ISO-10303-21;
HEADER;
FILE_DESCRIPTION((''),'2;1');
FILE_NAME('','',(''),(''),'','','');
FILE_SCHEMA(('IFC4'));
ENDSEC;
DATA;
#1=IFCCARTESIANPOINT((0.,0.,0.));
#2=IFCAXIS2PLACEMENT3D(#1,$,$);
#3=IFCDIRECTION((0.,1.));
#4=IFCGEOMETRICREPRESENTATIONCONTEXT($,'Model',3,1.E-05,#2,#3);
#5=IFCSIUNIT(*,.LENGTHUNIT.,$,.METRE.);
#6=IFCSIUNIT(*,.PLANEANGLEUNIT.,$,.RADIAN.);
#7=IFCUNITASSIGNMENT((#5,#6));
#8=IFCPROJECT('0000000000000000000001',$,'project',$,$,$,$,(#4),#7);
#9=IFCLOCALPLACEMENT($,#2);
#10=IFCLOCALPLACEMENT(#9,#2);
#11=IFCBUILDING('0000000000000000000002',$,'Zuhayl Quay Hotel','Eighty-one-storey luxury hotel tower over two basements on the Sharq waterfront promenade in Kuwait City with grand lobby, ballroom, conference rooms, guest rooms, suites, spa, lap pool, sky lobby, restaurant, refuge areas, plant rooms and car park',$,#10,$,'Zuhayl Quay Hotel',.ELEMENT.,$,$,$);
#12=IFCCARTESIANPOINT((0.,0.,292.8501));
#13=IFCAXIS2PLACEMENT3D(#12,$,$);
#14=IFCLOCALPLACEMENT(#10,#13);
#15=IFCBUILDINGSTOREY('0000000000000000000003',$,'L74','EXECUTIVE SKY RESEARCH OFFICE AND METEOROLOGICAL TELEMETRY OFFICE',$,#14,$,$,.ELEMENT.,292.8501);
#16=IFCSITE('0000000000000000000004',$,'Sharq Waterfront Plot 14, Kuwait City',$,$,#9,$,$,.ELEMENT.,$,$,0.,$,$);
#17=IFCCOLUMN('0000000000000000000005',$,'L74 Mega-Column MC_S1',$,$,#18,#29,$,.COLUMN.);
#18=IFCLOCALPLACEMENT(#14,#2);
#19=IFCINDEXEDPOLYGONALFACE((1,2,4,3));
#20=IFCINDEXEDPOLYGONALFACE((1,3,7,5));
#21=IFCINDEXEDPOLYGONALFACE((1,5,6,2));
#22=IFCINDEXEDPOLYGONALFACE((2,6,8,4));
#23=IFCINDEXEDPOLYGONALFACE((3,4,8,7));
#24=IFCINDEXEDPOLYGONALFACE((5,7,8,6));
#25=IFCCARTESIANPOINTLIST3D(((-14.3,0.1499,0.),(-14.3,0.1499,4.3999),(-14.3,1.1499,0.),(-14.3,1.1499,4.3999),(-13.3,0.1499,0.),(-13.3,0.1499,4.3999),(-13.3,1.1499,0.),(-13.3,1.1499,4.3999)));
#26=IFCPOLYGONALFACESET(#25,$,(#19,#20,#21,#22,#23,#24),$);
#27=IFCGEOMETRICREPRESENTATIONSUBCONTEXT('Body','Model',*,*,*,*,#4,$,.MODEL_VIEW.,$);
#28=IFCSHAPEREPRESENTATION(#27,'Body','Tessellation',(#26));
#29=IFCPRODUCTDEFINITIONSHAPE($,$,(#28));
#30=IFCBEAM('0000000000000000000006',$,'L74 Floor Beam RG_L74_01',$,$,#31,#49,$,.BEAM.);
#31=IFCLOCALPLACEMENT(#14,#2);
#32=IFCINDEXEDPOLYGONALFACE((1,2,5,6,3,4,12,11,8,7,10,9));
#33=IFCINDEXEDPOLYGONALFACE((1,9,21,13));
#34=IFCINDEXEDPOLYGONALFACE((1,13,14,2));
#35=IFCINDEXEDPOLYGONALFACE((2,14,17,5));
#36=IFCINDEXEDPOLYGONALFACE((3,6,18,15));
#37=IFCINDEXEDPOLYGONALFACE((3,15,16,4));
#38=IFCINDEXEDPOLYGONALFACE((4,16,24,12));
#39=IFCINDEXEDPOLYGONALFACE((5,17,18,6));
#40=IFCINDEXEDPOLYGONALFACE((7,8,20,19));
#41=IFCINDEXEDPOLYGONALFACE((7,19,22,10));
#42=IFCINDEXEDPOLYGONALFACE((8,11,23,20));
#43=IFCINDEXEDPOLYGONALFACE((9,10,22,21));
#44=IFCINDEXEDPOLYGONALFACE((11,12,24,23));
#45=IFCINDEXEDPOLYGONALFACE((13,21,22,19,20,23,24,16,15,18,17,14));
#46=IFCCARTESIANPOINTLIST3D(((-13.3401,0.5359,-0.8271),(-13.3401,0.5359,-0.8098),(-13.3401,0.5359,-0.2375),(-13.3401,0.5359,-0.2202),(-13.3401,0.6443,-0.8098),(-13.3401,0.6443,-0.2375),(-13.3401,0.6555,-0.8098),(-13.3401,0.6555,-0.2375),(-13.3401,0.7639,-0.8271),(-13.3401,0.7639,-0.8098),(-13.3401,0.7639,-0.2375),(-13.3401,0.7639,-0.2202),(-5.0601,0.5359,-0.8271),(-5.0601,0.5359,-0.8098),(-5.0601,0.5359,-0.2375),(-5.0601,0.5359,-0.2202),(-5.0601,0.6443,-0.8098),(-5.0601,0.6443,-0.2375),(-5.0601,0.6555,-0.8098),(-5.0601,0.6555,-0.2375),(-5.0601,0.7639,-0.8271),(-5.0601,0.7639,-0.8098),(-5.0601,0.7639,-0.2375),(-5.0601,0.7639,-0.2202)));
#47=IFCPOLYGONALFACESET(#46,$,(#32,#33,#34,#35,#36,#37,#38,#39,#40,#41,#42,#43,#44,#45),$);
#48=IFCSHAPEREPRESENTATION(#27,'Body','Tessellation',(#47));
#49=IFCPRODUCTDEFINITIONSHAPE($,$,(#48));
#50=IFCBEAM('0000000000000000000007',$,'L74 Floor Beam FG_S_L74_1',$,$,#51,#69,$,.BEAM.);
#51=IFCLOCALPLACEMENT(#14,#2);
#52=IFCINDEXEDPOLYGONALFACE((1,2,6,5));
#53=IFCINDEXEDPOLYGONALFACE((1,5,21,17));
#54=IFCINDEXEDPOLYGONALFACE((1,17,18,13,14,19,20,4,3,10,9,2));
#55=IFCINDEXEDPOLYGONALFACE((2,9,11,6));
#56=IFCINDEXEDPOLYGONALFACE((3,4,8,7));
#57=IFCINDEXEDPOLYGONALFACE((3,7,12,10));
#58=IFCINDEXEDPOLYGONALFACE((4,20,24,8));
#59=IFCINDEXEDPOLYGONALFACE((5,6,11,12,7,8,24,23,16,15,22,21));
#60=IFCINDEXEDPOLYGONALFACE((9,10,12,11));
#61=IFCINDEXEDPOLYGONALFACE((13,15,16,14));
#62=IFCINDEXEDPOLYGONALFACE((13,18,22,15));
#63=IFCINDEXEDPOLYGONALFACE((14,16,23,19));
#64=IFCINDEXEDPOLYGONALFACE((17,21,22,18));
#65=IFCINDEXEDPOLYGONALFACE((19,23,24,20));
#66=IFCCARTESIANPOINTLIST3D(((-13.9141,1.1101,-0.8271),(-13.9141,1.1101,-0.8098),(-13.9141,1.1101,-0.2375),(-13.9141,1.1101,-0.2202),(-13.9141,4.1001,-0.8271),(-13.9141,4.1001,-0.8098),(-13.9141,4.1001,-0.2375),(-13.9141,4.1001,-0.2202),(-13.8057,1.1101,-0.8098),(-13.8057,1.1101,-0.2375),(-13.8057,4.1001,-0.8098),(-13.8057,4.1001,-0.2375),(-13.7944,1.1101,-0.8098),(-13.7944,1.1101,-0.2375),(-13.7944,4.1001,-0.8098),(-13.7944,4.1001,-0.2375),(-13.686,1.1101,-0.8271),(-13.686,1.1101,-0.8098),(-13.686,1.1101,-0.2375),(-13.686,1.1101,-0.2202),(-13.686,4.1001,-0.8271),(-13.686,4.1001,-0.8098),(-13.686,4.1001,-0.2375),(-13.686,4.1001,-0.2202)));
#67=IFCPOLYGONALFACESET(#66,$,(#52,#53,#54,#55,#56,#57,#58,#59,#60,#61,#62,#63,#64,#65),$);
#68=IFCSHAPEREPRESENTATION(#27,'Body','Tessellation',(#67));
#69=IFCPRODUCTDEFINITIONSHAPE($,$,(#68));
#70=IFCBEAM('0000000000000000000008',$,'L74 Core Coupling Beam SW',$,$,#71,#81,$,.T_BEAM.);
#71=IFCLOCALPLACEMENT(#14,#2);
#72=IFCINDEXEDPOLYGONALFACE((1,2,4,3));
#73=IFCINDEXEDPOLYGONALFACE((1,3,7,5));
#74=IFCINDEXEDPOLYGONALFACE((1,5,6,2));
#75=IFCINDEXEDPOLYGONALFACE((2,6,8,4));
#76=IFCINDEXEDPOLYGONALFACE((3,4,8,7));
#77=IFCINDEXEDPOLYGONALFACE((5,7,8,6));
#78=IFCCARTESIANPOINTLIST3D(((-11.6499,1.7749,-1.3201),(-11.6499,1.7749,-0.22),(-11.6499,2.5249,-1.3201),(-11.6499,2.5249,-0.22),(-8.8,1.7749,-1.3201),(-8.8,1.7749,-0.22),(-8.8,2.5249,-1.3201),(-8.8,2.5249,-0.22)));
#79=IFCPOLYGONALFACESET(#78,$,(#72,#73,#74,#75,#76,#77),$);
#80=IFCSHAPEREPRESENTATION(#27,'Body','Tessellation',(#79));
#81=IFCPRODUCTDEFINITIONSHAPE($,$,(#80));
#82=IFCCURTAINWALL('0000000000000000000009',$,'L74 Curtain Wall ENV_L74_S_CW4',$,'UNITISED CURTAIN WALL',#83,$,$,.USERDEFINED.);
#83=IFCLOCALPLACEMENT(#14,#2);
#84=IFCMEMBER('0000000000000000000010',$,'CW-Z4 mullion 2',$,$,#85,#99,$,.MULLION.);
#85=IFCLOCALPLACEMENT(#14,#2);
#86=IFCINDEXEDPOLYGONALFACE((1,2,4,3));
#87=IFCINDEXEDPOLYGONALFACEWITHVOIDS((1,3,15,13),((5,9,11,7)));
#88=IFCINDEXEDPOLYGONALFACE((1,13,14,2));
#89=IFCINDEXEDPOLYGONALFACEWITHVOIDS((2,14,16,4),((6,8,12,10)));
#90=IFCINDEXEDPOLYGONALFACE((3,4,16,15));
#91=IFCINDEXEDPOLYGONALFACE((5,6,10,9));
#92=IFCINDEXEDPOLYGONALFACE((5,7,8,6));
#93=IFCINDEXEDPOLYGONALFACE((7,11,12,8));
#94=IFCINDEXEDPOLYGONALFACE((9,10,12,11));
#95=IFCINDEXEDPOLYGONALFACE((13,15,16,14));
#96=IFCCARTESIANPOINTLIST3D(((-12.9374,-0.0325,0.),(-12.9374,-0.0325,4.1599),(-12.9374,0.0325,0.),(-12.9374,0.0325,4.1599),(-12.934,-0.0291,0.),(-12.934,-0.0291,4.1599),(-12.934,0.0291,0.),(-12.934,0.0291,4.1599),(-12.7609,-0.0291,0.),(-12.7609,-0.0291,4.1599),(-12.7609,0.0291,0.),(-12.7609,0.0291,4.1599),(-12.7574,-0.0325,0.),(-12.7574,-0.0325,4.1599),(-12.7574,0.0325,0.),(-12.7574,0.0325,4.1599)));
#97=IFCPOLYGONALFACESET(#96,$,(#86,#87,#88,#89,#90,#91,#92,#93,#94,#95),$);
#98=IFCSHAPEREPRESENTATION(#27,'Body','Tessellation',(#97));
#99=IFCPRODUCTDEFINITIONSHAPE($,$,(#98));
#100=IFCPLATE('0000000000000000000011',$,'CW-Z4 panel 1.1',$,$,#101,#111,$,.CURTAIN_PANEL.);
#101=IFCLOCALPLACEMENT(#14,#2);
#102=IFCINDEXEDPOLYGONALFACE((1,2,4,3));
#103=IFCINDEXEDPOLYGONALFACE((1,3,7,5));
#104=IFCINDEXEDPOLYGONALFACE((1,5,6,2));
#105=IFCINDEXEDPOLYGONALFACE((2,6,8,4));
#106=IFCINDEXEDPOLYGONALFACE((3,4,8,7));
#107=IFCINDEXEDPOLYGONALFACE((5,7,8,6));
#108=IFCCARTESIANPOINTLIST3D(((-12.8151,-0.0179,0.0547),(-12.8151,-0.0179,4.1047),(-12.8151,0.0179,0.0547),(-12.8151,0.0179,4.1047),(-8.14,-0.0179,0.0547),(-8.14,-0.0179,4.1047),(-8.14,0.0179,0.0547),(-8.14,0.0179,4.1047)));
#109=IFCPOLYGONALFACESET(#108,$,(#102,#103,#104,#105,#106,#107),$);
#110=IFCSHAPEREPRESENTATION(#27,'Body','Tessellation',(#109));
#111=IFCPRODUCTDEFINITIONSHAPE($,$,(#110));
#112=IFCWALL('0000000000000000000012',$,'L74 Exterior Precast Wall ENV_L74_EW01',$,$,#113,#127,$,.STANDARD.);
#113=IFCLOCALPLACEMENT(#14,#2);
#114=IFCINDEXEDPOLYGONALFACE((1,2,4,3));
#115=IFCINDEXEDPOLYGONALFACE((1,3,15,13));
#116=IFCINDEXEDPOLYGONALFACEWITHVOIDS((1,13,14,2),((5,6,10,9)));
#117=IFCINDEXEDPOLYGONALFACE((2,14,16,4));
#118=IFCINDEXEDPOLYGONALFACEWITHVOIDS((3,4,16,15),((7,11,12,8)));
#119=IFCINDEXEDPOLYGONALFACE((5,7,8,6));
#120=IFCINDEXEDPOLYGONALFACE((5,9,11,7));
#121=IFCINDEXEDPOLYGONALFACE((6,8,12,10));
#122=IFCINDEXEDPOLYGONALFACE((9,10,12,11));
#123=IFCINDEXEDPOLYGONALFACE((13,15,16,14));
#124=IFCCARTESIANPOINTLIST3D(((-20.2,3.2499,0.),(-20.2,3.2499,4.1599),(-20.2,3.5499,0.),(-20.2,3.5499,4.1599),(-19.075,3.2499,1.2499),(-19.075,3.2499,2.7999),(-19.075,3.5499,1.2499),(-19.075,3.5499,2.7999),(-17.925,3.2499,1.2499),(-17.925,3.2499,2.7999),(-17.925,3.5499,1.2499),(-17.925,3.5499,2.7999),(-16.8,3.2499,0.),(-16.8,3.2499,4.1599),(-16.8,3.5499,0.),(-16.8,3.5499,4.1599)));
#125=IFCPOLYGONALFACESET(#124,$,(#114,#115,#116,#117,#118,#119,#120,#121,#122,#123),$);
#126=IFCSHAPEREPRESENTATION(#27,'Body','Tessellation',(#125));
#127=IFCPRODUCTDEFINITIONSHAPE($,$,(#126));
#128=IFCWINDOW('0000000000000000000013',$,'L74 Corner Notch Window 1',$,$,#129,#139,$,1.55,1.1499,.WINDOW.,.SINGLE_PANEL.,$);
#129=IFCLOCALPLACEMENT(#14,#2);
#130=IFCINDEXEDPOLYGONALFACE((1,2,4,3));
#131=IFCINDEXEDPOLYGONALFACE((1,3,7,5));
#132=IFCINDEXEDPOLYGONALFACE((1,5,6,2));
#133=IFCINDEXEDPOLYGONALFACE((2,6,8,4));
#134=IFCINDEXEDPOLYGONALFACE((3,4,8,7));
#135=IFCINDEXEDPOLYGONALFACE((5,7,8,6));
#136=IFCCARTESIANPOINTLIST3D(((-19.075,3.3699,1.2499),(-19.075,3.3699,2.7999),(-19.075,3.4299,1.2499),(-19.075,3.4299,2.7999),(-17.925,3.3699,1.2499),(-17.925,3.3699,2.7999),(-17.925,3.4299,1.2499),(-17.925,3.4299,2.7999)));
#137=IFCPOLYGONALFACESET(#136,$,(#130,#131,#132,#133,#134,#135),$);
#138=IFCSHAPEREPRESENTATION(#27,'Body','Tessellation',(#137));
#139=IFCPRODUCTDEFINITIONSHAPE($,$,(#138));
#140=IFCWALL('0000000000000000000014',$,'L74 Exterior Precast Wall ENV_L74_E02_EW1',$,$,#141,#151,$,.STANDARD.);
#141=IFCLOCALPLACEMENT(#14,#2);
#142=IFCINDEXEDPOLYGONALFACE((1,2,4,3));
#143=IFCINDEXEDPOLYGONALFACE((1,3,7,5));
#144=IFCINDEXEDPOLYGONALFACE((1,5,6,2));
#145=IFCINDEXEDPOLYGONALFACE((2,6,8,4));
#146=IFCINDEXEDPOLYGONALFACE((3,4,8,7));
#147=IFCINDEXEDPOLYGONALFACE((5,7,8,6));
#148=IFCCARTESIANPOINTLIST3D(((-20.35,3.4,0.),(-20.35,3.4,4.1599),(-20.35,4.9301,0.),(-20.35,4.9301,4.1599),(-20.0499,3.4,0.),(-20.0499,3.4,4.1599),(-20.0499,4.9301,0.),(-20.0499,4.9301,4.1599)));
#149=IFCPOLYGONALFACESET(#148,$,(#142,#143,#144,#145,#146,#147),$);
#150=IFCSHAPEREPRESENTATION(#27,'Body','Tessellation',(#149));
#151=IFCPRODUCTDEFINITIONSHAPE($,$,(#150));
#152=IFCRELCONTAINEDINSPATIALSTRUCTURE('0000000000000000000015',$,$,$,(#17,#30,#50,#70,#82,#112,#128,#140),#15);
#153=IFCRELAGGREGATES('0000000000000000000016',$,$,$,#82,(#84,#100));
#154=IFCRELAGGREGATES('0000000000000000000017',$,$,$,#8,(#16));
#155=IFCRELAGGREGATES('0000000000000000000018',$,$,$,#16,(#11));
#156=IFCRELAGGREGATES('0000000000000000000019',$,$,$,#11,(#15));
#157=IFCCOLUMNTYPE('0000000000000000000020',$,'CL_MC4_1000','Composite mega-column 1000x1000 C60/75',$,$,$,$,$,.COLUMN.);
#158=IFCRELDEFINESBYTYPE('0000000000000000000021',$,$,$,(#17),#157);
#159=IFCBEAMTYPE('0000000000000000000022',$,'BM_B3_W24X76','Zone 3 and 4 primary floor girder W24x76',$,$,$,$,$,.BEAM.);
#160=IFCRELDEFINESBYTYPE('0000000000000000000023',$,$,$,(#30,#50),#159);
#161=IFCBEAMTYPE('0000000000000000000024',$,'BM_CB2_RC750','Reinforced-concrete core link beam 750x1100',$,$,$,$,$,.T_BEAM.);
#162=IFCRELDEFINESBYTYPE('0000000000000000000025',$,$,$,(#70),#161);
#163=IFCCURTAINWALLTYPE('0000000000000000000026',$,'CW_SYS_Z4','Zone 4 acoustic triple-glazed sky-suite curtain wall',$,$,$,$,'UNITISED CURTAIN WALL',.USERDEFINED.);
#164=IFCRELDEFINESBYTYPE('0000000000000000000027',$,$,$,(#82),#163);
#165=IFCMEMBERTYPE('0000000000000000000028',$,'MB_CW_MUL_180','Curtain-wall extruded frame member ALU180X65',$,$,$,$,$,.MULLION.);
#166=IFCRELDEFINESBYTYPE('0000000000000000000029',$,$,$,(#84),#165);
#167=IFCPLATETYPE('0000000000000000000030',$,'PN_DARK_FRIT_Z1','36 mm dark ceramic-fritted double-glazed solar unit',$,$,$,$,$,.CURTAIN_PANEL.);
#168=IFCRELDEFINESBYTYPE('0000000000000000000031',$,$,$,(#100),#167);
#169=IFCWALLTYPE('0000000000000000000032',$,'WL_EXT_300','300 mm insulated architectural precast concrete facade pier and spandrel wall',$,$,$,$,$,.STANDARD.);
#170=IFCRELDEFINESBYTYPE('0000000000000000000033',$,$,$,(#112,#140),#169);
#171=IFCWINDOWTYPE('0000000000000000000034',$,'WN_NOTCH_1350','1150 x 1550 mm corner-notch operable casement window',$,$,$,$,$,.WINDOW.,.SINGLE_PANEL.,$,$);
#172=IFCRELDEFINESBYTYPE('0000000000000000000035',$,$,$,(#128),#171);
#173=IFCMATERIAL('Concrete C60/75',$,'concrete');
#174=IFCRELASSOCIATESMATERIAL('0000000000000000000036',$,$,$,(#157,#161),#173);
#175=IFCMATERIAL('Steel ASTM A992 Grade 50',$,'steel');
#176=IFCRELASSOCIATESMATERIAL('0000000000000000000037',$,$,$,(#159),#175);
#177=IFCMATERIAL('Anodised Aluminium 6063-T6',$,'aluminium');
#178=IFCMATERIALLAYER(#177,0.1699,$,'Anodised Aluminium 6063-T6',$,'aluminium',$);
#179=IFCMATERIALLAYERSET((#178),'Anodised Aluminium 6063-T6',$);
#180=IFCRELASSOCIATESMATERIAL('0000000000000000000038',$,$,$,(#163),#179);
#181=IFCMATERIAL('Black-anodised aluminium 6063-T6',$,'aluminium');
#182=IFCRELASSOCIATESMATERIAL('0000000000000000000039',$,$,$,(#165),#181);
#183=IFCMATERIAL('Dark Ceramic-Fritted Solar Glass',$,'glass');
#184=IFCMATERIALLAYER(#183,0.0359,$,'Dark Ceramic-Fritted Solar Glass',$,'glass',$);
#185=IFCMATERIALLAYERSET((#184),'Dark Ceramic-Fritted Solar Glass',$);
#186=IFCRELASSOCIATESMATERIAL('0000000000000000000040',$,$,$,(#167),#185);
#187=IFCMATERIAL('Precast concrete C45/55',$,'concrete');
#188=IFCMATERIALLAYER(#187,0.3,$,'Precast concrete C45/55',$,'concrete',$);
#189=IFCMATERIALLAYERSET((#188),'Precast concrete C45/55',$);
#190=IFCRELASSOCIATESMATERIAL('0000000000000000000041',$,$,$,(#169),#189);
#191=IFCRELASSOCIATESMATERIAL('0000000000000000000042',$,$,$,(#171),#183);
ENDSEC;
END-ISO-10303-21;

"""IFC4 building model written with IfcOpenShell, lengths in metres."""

from ifc_helpers import new_model, si_unit, direction, frame, frame_2d, origin, origin_2d, place, context, subcontext, project, spatial, rectangle, hollow_rectangle, i_section, extrude, material, layer, layer_set, material_profile, profile_set, type_object, element, fill, aggregate, save


model = new_model("IFC4")

# Units and contexts
model_context = context("Model", 3, precision=1e-05, world=origin(), true_north=direction((0.0, 1.0)))
body_context = subcontext(model_context, "Body", "Model", "MODEL_VIEW")
ifc_project = project(units=[si_unit("LENGTHUNIT", "METRE"), si_unit("PLANEANGLEUNIT", "RADIAN")], contexts=[model_context])

# Site, building, storey
site_placement = place(None, origin())
site = spatial("IfcSite", under=ifc_project, at=site_placement, Name="Sharq Waterfront Plot 14, Kuwait City", CompositionType="ELEMENT", RefElevation=0.0)
building_placement = place(site_placement, origin())
building = spatial("IfcBuilding", under=site, at=building_placement, Name="Zuhayl Quay Hotel", Description="Eighty-one-storey luxury hotel tower over two basements on the Sharq waterfront promenade in Kuwait City with grand lobby, ballroom, conference rooms, guest rooms, suites, spa, lap pool, sky lobby, restaurant, refuge areas, plant rooms and car park", LongName="Zuhayl Quay Hotel", CompositionType="ELEMENT")
storey_placement = place(building_placement, frame((0.0, 0.0, 292.8501)))
storey = spatial("IfcBuildingStorey", under=building, at=storey_placement, Name="L74", Description="EXECUTIVE SKY RESEARCH OFFICE AND METEOROLOGICAL TELEMETRY OFFICE", CompositionType="ELEMENT", Elevation=292.8501)

# Column
ifc_material_1 = material(Name="Concrete C60/75", Category="concrete")
ifc_material_profile_1 = material_profile(ifc_material_1, rectangle(XDim=1.0, YDim=1.0, at=origin_2d()), Name="RC1000X1000")
ifc_profile_set_1 = profile_set([ifc_material_profile_1], Name="Concrete C60/75")
column_type = type_object("IfcColumnType", Name="CL_MC4_1000", Description="Composite mega-column 1000x1000 C60/75", PredefinedType="COLUMN", material=ifc_profile_set_1)
column_placement = place(storey_placement, frame((-13.8, 0.6499, 0.0), z_axis=(0.0, 0.0, 1.0), x_axis=(1.0, 0.0, 0.0)))
element("IfcColumn", 1, at=column_placement, inside=storey, type_object=column_type, Name="L74 Mega-Column MC_S1", PredefinedType="COLUMN", context=body_context, shape_type="SweptSolid", body=[
    extrude(rectangle(XDim=1.0, YDim=1.0, at=origin_2d()), origin(), (0.0, 0.0, 1.0), 4.3999),
])

# Beams
ifc_material_2 = material(Name="Steel ASTM A992 Grade 50", Category="steel")
ifc_material_profile_2 = material_profile(ifc_material_2, i_section(OverallWidth=0.228, OverallDepth=0.6069, WebThickness=0.0112, FlangeThickness=0.0173, at=origin_2d()), Name="W24X76")
ifc_profile_set_2 = profile_set([ifc_material_profile_2], Name="Steel ASTM A992 Grade 50")
beam_type_1 = type_object("IfcBeamType", Name="BM_B3_W24X76", Description="Zone 3 and 4 primary floor girder W24x76", PredefinedType="BEAM", material=ifc_profile_set_2)
beam_1_placement = place(storey_placement, frame((-13.3401, 0.6499, -0.5237), z_axis=(1.0, 0.0, 0.0), x_axis=(0.0, 1.0, 0.0)))
element("IfcBeam", 2, at=beam_1_placement, inside=storey, type_object=beam_type_1, Name="L74 Floor Beam RG_L74_01", PredefinedType="BEAM", context=body_context, shape_type="SweptSolid", body=[
    extrude(i_section(OverallWidth=0.228, OverallDepth=0.6069, WebThickness=0.0112, FlangeThickness=0.0173, at=origin_2d()), origin(), (0.0, 0.0, 1.0), 8.28),
])
beam_2_placement = place(storey_placement, frame((-13.8, 1.1101, -0.5237), z_axis=(0.0, 1.0, 0.0), x_axis=(-1.0, 0.0, 0.0)))
element("IfcBeam", 3, at=beam_2_placement, inside=storey, type_object=beam_type_1, Name="L74 Floor Beam FG_S_L74_1", PredefinedType="BEAM", context=body_context, shape_type="SweptSolid", body=[
    extrude(i_section(OverallWidth=0.228, OverallDepth=0.6069, WebThickness=0.0112, FlangeThickness=0.0173, at=origin_2d()), origin(), (0.0, 0.0, 1.0), 2.99),
])
ifc_material_profile_3 = material_profile(ifc_material_1, rectangle(XDim=0.75, YDim=1.1001, at=origin_2d()), Name="RC750X1100")
ifc_profile_set_3 = profile_set([ifc_material_profile_3], Name="Concrete C60/75")
beam_type_2 = type_object("IfcBeamType", Name="BM_CB2_RC750", Description="Reinforced-concrete core link beam 750x1100", PredefinedType="T_BEAM", material=ifc_profile_set_3)
beam_3_placement = place(storey_placement, frame((-11.6499, 2.1499, -0.77), z_axis=(1.0, 0.0, 0.0), x_axis=(0.0, 1.0, 0.0)))
element("IfcBeam", 4, at=beam_3_placement, inside=storey, type_object=beam_type_2, Name="L74 Core Coupling Beam SW", PredefinedType="T_BEAM", context=body_context, shape_type="SweptSolid", body=[
    extrude(rectangle(XDim=0.75, YDim=1.1001, at=origin_2d()), origin(), (0.0, 0.0, 1.0), 2.8499),
])

# Curtain wall, member, plate
ifc_material_3 = material(Name="Anodised Aluminium 6063-T6", Category="aluminium")
ifc_layer_1 = layer(ifc_material_3, 0.1699, Name="Anodised Aluminium 6063-T6", Category="aluminium")
ifc_layer_set_1 = layer_set([ifc_layer_1], Name="Anodised Aluminium 6063-T6")
curtain_wall_type = type_object("IfcCurtainWallType", Name="CW_SYS_Z4", Description="Zone 4 acoustic triple-glazed sky-suite curtain wall", ElementType="UNITISED CURTAIN WALL", PredefinedType="USERDEFINED", material=ifc_layer_set_1)
curtain_wall_placement = place(storey_placement, origin())
curtain_wall = element("IfcCurtainWall", 5, at=curtain_wall_placement, inside=storey, type_object=curtain_wall_type, Name="L74 Curtain Wall ENV_L74_S_CW4", ObjectType="UNITISED CURTAIN WALL", PredefinedType="USERDEFINED")
ifc_material_4 = material(Name="Black-anodised aluminium 6063-T6", Category="aluminium")
ifc_material_profile_4 = material_profile(ifc_material_4, hollow_rectangle(XDim=0.0649, YDim=0.1799, WallThickness=0.0034, at=origin_2d()), Name="ALU180X65")
ifc_profile_set_4 = profile_set([ifc_material_profile_4], Name="Black-anodised aluminium 6063-T6")
member_type = type_object("IfcMemberType", Name="MB_CW_MUL_180", Description="Curtain-wall extruded frame member ALU180X65", PredefinedType="MULLION", material=ifc_profile_set_4)
member_placement = place(storey_placement, frame((-12.8474, 0.0, 0.0), z_axis=(0.0, 0.0, 1.0), x_axis=(0.0, -1.0, 0.0)))
member = element("IfcMember", 6, at=member_placement, type_object=member_type, Name="CW-Z4 mullion 2", PredefinedType="MULLION", context=body_context, shape_type="SweptSolid", body=[
    extrude(hollow_rectangle(XDim=0.0649, YDim=0.1799, WallThickness=0.0034, at=origin_2d()), origin(), (0.0, 0.0, 1.0), 4.1599),
])
ifc_material_5 = material(Name="Dark Ceramic-Fritted Solar Glass", Category="glass")
ifc_layer_2 = layer(ifc_material_5, 0.0359, Name="Dark Ceramic-Fritted Solar Glass", Category="glass")
ifc_layer_set_2 = layer_set([ifc_layer_2], Name="Dark Ceramic-Fritted Solar Glass")
plate_type = type_object("IfcPlateType", Name="PN_DARK_FRIT_Z1", Description="36 mm dark ceramic-fritted double-glazed solar unit", PredefinedType="CURTAIN_PANEL", material=ifc_layer_set_2)
plate_placement = place(storey_placement, frame((-10.4775, 0.0, 0.0547), z_axis=(0.0, 0.0, 1.0), x_axis=(-1.0, 0.0, 0.0)))
plate = element("IfcPlate", 7, at=plate_placement, type_object=plate_type, Name="CW-Z4 panel 1.1", PredefinedType="CURTAIN_PANEL", context=body_context, shape_type="SweptSolid", body=[
    extrude(rectangle(XDim=4.675, YDim=0.0359, at=origin_2d()), origin(), (0.0, 0.0, 1.0), 4.05),
])
aggregate(curtain_wall, [member, plate])

# Wall, opening, window
ifc_material_6 = material(Name="Precast concrete C45/55", Category="concrete")
ifc_layer_3 = layer(ifc_material_6, 0.3, Name="Precast concrete C45/55", Category="concrete")
ifc_layer_set_3 = layer_set([ifc_layer_3], Name="Precast concrete C45/55")
wall_type_1 = type_object("IfcWallType", Name="WL_EXT_300", Description="300 mm insulated architectural precast concrete facade pier and spandrel wall", PredefinedType="STANDARD", material=ifc_layer_set_3)
wall_1_placement = place(storey_placement, frame((-16.8, 3.3999, 0.0), z_axis=(0.0, 0.0, 1.0), x_axis=(-1.0, 0.0, 0.0)))
wall_1 = element("IfcWall", 8, at=wall_1_placement, inside=storey, type_object=wall_type_1, Name="L74 Exterior Precast Wall ENV_L74_EW01", PredefinedType="STANDARD", context=body_context, shape_type="SweptSolid", body=[
    extrude(rectangle(XDim=3.3999, YDim=0.3, at=frame_2d((1.7, 0.0))), origin(), (0.0, 0.0, 1.0), 4.1599),
])
opening_1_placement = place(wall_1_placement, frame((1.125, 0.0, 1.25)))
opening_1 = element("IfcOpeningElement", 9, at=opening_1_placement, cuts=wall_1, PredefinedType="OPENING", context=body_context, shape_type="SweptSolid", body=[
    extrude(rectangle(XDim=1.1499, YDim=1.55, at=frame_2d((0.575, 0.7749))), frame((0.0, 0.1599, 0.0), z_axis=(0.0, -1.0, 0.0), x_axis=(1.0, 0.0, 0.0)), (0.0, 0.0, 1.0), 0.3201),
])
window_type = type_object("IfcWindowType", Name="WN_NOTCH_1350", Description="1150 x 1550 mm corner-notch operable casement window", PartitioningType="SINGLE_PANEL", PredefinedType="WINDOW", material=ifc_material_5)
window_1_placement = place(opening_1_placement, origin())
window_1 = element("IfcWindow", 10, at=window_1_placement, inside=storey, type_object=window_type, Name="L74 Corner Notch Window 1", OverallHeight=1.55, OverallWidth=1.1499, PartitioningType="SINGLE_PANEL", PredefinedType="WINDOW", context=body_context, shape_type="SweptSolid", body=[
    extrude(rectangle(XDim=1.1499, YDim=1.55, at=frame_2d((0.575, 0.7749))), frame((0.0, 0.03, 0.0), z_axis=(0.0, -1.0, 0.0), x_axis=(1.0, 0.0, 0.0)), (0.0, 0.0, 1.0), 0.0601),
])
fill(opening_1, window_1)

# Wall
wall_2_placement = place(storey_placement, frame((-20.2, 3.3999, 0.0), z_axis=(0.0, 0.0, 1.0), x_axis=(0.0, 1.0, 0.0)))
element("IfcWall", 11, at=wall_2_placement, inside=storey, type_object=wall_type_1, Name="L74 Exterior Precast Wall ENV_L74_E02_EW1", PredefinedType="STANDARD", context=body_context, shape_type="SweptSolid", body=[
    extrude(rectangle(XDim=1.53, YDim=0.3, at=frame_2d((0.7651, 0.0))), origin(), (0.0, 0.0, 1.0), 4.1599),
])

save(model, "model.ifc")
